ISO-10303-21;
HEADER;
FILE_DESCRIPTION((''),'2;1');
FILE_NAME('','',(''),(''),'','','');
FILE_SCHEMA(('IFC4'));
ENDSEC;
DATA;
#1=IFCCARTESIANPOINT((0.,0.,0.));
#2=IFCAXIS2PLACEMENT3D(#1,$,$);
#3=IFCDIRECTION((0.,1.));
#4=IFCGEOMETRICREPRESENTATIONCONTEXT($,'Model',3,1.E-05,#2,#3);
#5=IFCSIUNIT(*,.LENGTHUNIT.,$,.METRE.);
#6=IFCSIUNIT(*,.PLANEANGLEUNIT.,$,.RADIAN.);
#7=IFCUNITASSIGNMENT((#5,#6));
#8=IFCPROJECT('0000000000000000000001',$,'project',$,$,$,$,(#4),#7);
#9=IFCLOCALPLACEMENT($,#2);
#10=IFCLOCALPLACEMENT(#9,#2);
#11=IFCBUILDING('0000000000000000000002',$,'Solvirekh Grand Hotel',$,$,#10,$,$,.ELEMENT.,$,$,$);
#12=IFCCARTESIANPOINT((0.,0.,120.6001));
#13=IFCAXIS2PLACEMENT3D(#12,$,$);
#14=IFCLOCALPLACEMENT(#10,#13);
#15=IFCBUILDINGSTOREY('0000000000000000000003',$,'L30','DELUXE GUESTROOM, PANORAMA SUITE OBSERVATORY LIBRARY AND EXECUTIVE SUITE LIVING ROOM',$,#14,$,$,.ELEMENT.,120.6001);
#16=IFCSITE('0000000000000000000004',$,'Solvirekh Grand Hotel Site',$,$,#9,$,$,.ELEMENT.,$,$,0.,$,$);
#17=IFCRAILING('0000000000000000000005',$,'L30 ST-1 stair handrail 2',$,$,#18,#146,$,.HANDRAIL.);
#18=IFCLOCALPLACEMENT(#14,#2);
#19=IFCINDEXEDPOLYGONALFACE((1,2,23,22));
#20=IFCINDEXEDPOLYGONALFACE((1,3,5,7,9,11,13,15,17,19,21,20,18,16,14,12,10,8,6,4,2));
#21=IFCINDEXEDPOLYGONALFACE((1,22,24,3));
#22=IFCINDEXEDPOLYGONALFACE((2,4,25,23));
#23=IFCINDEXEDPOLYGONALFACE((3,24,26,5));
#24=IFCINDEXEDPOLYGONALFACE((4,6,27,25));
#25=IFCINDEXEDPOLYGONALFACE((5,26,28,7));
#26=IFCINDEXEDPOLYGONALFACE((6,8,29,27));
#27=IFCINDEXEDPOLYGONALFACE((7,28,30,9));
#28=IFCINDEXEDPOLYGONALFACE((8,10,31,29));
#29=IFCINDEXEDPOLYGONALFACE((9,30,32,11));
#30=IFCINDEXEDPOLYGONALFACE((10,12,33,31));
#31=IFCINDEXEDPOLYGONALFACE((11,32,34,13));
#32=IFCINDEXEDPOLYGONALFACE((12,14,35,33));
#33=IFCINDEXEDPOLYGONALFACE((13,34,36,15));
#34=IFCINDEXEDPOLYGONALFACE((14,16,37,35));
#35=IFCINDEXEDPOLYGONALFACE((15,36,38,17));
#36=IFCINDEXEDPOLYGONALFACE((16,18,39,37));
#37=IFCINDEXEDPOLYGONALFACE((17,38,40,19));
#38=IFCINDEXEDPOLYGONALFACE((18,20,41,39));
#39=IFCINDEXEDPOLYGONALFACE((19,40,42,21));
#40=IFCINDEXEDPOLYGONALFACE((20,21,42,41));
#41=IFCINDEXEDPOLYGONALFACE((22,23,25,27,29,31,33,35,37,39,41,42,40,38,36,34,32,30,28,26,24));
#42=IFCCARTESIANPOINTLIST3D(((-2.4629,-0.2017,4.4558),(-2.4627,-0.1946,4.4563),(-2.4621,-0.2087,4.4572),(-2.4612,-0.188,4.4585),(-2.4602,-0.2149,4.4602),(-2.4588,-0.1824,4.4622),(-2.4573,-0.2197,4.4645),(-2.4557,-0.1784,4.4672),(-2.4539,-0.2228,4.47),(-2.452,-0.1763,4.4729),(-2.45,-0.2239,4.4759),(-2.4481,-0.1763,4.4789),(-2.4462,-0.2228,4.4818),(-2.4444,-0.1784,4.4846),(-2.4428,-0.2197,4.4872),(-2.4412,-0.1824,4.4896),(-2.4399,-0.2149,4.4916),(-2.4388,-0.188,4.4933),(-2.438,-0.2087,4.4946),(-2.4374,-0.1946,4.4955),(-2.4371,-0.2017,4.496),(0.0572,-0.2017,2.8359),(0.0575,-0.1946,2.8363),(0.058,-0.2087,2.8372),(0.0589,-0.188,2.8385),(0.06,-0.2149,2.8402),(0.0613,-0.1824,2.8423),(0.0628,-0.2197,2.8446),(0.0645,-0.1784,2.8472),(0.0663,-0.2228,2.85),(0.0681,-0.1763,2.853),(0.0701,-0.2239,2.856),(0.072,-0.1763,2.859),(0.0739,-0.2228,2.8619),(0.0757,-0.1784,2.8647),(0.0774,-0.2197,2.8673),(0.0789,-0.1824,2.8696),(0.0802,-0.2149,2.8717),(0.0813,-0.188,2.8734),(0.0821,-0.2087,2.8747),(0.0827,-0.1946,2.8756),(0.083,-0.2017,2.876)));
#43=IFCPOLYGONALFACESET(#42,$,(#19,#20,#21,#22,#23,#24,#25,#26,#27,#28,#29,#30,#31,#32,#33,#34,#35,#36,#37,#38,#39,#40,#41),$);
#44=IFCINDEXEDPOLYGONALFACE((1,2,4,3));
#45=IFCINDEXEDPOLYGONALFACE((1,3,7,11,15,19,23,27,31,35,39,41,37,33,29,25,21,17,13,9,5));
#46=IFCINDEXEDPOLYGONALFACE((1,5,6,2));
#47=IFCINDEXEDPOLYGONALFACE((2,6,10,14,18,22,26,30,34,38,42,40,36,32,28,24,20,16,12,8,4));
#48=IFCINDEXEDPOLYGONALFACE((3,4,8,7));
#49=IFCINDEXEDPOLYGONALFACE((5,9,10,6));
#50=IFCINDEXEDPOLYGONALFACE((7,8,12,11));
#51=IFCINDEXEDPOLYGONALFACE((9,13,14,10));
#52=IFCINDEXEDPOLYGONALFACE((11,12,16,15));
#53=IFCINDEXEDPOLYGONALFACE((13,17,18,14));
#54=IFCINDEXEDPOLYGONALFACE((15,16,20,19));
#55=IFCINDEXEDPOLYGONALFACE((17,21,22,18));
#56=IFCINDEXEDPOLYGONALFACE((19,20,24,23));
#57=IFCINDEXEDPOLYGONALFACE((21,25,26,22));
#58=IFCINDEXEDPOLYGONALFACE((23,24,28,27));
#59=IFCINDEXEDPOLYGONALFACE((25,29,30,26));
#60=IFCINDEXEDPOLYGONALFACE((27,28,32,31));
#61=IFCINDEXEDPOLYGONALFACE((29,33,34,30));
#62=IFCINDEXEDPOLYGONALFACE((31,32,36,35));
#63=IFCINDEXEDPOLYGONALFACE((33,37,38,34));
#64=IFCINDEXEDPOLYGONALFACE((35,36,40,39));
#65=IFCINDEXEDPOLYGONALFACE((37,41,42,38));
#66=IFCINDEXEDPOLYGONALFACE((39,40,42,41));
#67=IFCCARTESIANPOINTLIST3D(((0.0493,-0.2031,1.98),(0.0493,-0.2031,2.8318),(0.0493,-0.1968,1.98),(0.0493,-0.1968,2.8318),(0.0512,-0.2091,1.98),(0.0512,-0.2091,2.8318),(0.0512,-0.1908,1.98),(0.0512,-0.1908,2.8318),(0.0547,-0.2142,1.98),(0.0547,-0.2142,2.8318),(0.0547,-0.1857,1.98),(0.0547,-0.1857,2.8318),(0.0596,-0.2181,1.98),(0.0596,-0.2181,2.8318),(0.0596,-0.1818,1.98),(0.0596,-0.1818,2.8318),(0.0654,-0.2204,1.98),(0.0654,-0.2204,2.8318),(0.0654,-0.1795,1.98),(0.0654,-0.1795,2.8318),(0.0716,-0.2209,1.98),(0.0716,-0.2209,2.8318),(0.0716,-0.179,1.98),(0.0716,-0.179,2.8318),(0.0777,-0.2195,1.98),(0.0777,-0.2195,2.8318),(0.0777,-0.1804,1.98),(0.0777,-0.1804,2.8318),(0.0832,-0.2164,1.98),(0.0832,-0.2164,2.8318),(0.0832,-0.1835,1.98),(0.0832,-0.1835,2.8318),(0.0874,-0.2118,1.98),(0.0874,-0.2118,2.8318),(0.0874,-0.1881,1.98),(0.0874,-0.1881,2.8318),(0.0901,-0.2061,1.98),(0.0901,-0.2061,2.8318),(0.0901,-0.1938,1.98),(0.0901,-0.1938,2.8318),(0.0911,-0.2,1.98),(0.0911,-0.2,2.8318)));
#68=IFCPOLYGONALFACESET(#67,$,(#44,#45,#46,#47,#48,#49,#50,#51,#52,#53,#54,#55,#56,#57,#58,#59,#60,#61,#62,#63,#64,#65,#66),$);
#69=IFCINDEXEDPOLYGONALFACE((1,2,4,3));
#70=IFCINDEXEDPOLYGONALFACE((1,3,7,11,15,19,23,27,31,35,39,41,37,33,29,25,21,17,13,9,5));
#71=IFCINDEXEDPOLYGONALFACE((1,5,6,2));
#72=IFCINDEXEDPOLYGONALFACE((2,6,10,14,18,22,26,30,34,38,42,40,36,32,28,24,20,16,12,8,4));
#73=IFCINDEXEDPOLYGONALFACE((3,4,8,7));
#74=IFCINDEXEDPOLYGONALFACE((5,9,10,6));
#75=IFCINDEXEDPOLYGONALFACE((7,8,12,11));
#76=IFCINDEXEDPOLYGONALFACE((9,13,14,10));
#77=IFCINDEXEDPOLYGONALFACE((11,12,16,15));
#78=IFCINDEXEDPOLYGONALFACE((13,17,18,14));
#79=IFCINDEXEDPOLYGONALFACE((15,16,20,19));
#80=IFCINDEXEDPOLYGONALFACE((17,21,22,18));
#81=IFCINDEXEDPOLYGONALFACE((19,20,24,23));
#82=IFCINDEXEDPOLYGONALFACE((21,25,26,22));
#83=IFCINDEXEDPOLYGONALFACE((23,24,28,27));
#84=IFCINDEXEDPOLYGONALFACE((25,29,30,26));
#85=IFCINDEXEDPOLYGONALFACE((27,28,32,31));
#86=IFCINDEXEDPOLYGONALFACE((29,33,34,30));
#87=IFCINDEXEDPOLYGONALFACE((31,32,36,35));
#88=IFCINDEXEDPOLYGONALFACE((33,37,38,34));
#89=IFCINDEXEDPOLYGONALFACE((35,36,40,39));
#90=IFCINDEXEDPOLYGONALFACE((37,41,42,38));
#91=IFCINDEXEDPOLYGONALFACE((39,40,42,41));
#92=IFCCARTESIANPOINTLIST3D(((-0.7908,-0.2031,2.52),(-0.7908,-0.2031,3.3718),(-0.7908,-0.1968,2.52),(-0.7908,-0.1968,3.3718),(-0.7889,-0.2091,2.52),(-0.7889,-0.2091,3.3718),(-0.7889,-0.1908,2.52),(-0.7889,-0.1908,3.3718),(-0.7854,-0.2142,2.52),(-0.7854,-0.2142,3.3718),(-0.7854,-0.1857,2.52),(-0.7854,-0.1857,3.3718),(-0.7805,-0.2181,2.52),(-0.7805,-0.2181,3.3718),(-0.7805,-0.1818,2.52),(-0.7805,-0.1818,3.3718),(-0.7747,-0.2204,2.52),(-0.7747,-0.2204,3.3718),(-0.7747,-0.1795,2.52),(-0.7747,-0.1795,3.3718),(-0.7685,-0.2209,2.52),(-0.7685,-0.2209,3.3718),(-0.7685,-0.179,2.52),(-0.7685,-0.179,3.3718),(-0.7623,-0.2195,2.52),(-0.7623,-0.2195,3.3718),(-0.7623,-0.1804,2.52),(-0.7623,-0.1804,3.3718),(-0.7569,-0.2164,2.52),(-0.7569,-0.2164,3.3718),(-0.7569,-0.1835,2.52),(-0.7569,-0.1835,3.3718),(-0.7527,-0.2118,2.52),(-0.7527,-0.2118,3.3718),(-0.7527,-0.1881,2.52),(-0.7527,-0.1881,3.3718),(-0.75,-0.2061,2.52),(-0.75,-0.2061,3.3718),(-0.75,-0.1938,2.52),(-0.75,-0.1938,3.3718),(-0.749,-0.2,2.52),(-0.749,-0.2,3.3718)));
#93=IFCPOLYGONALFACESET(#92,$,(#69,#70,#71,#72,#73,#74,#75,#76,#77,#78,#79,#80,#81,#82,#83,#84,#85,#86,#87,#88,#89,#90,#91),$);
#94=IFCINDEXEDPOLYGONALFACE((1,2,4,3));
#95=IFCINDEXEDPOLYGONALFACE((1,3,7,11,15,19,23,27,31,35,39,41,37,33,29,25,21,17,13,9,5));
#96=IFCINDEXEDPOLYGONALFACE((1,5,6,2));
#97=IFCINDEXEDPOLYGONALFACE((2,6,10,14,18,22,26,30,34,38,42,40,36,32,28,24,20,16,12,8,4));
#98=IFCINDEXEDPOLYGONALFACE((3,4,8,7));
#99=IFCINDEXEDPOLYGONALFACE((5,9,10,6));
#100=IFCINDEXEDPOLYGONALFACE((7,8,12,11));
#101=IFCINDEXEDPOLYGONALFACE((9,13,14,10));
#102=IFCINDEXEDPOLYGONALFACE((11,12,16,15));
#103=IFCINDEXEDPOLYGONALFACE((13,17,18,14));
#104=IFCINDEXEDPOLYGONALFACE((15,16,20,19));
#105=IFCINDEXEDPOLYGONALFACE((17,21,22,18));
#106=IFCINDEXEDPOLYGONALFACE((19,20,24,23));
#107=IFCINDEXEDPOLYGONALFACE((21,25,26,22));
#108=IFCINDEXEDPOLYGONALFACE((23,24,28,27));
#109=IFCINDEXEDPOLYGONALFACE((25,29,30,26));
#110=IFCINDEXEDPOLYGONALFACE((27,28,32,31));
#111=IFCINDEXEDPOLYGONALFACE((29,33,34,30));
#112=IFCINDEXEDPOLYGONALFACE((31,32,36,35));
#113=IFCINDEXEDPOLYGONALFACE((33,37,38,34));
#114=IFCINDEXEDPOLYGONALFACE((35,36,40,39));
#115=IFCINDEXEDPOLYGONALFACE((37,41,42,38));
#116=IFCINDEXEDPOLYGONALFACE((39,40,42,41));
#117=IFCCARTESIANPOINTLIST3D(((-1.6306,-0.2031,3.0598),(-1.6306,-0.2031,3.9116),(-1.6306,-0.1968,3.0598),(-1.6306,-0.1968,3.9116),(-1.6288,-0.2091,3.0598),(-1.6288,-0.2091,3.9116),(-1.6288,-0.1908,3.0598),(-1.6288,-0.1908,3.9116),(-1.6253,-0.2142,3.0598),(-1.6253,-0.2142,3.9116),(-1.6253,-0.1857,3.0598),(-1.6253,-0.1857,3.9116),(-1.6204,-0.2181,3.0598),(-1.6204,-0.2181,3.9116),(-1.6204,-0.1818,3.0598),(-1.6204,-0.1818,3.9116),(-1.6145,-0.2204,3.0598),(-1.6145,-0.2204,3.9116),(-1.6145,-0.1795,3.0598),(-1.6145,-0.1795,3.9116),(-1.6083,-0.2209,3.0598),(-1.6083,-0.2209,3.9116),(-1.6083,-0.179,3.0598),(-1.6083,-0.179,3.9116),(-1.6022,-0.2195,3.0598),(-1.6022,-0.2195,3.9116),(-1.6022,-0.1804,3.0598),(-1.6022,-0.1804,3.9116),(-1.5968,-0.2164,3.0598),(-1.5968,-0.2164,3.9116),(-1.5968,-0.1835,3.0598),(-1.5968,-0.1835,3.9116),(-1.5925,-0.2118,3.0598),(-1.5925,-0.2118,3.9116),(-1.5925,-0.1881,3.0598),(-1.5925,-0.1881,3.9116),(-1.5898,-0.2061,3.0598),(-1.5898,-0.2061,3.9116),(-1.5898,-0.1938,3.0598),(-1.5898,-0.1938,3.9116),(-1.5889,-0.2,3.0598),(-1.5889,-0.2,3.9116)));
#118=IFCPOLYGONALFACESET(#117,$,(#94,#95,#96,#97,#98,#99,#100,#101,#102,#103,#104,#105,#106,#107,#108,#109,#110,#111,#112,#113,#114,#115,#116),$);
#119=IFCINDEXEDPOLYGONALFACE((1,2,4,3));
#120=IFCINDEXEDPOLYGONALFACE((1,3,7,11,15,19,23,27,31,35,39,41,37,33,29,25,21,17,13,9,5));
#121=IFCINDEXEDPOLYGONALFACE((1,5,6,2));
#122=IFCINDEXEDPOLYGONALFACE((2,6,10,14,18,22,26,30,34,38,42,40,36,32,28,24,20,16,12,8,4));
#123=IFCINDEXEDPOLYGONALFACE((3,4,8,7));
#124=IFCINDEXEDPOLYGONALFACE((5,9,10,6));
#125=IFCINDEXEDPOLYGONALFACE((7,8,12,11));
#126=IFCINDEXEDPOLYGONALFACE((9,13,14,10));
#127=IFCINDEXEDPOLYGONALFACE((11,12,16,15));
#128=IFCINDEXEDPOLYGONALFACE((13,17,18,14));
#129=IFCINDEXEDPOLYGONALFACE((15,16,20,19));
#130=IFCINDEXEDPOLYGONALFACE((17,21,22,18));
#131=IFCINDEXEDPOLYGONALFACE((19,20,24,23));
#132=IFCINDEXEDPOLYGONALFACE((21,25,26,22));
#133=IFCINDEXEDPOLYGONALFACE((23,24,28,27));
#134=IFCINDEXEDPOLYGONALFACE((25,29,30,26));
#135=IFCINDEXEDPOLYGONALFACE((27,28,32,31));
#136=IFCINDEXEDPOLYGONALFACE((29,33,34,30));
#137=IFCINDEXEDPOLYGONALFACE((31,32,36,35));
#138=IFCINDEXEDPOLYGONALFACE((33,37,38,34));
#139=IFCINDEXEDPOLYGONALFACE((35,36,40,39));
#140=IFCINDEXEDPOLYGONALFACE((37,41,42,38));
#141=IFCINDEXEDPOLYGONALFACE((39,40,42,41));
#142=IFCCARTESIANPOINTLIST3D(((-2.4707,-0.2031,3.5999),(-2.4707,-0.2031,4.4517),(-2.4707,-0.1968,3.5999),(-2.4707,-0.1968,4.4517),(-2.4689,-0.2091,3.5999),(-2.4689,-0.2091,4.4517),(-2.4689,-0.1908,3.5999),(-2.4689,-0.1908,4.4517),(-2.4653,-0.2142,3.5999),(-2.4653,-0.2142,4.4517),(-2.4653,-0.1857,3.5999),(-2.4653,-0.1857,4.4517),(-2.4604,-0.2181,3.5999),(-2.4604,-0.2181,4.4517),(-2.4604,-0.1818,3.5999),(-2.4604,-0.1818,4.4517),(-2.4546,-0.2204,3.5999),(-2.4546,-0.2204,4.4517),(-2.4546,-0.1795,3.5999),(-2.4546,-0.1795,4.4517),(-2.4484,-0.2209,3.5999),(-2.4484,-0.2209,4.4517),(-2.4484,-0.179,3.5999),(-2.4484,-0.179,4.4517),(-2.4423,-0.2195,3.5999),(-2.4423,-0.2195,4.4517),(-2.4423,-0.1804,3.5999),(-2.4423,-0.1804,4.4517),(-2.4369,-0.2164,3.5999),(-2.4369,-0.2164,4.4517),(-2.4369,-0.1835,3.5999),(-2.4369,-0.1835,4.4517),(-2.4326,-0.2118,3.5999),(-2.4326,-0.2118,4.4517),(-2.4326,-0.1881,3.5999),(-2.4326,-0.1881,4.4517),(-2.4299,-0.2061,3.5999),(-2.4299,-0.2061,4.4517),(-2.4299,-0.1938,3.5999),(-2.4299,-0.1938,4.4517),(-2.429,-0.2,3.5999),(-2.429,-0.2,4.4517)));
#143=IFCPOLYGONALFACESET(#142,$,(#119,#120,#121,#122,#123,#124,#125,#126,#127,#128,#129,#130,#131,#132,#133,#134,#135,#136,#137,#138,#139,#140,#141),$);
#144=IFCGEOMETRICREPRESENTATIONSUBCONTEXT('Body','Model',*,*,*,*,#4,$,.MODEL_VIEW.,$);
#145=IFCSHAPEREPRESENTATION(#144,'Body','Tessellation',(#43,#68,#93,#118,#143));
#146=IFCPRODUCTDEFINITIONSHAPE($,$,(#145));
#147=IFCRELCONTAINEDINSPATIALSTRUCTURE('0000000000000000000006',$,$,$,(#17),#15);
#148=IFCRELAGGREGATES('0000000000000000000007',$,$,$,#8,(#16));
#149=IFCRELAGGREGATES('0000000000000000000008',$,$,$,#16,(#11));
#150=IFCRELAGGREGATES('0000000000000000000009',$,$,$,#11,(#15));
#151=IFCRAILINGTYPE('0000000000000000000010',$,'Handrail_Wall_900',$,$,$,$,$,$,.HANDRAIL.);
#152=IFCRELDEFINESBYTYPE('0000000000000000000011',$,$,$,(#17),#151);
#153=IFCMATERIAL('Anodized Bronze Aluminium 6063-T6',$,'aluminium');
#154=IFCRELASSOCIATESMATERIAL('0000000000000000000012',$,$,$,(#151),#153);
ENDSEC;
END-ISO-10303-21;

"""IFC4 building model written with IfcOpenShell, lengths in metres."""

from ifc_helpers import new_model, si_unit, direction, frame, origin, origin_2d, place, context, subcontext, project, spatial, circle, extrude, material, type_object, element, save


model = new_model("IFC4")

# Units and contexts
model_context = context("Model", 3, precision=1e-05, world=origin(), true_north=direction((0.0, 1.0)))
body_context = subcontext(model_context, "Body", "Model", "MODEL_VIEW")
ifc_project = project(units=[si_unit("LENGTHUNIT", "METRE"), si_unit("PLANEANGLEUNIT", "RADIAN")], contexts=[model_context])

# Site, building, storey
site_placement = place(None, origin())
site = spatial("IfcSite", under=ifc_project, at=site_placement, Name="Solvirekh Grand Hotel Site", CompositionType="ELEMENT", RefElevation=0.0)
building_placement = place(site_placement, origin())
building = spatial("IfcBuilding", under=site, at=building_placement, Name="Solvirekh Grand Hotel", CompositionType="ELEMENT")
storey_placement = place(building_placement, frame((0.0, 0.0, 120.6001)))
storey = spatial("IfcBuildingStorey", under=building, at=storey_placement, Name="L30", Description="DELUXE GUESTROOM, PANORAMA SUITE OBSERVATORY LIBRARY AND EXECUTIVE SUITE LIVING ROOM", CompositionType="ELEMENT", Elevation=120.6001)

# Railing
ifc_material_1 = material(Name="Anodized Bronze Aluminium 6063-T6", Category="aluminium")
railing_type_1 = type_object("IfcRailingType", Name="Handrail_Wall_900", PredefinedType="HANDRAIL", material=ifc_material_1)
railing_1_placement = place(storey_placement, frame((0.0701, -0.2, 1.98)))
element("IfcRailing", 1, at=railing_1_placement, inside=storey, type_object=railing_type_1, Name="L30 ST-1 stair handrail 2", PredefinedType="HANDRAIL", context=body_context, shape_type="SweptSolid", body=[
    extrude(circle(Radius=0.0239, at=origin_2d()), frame((0.0, 0.0, 0.876), z_axis=(-0.8412, 0.0, 0.540725), x_axis=(0.0, -1.0, 0.0)), (0.0, 0.0, 1.0), 2.9958),
    extrude(circle(Radius=0.021, at=origin_2d()), origin(), (0.0, 0.0, 1.0), 0.8518),
    extrude(circle(Radius=0.021, at=origin_2d()), frame((-0.8401, 0.0, 0.54)), (0.0, 0.0, 1.0), 0.8518),
    extrude(circle(Radius=0.021, at=origin_2d()), frame((-1.6799, 0.0, 1.0798)), (0.0, 0.0, 1.0), 0.8518),
    extrude(circle(Radius=0.021, at=origin_2d()), frame((-2.52, 0.0, 1.6199)), (0.0, 0.0, 1.0), 0.8518),
])

save(model, "model.ifc")
